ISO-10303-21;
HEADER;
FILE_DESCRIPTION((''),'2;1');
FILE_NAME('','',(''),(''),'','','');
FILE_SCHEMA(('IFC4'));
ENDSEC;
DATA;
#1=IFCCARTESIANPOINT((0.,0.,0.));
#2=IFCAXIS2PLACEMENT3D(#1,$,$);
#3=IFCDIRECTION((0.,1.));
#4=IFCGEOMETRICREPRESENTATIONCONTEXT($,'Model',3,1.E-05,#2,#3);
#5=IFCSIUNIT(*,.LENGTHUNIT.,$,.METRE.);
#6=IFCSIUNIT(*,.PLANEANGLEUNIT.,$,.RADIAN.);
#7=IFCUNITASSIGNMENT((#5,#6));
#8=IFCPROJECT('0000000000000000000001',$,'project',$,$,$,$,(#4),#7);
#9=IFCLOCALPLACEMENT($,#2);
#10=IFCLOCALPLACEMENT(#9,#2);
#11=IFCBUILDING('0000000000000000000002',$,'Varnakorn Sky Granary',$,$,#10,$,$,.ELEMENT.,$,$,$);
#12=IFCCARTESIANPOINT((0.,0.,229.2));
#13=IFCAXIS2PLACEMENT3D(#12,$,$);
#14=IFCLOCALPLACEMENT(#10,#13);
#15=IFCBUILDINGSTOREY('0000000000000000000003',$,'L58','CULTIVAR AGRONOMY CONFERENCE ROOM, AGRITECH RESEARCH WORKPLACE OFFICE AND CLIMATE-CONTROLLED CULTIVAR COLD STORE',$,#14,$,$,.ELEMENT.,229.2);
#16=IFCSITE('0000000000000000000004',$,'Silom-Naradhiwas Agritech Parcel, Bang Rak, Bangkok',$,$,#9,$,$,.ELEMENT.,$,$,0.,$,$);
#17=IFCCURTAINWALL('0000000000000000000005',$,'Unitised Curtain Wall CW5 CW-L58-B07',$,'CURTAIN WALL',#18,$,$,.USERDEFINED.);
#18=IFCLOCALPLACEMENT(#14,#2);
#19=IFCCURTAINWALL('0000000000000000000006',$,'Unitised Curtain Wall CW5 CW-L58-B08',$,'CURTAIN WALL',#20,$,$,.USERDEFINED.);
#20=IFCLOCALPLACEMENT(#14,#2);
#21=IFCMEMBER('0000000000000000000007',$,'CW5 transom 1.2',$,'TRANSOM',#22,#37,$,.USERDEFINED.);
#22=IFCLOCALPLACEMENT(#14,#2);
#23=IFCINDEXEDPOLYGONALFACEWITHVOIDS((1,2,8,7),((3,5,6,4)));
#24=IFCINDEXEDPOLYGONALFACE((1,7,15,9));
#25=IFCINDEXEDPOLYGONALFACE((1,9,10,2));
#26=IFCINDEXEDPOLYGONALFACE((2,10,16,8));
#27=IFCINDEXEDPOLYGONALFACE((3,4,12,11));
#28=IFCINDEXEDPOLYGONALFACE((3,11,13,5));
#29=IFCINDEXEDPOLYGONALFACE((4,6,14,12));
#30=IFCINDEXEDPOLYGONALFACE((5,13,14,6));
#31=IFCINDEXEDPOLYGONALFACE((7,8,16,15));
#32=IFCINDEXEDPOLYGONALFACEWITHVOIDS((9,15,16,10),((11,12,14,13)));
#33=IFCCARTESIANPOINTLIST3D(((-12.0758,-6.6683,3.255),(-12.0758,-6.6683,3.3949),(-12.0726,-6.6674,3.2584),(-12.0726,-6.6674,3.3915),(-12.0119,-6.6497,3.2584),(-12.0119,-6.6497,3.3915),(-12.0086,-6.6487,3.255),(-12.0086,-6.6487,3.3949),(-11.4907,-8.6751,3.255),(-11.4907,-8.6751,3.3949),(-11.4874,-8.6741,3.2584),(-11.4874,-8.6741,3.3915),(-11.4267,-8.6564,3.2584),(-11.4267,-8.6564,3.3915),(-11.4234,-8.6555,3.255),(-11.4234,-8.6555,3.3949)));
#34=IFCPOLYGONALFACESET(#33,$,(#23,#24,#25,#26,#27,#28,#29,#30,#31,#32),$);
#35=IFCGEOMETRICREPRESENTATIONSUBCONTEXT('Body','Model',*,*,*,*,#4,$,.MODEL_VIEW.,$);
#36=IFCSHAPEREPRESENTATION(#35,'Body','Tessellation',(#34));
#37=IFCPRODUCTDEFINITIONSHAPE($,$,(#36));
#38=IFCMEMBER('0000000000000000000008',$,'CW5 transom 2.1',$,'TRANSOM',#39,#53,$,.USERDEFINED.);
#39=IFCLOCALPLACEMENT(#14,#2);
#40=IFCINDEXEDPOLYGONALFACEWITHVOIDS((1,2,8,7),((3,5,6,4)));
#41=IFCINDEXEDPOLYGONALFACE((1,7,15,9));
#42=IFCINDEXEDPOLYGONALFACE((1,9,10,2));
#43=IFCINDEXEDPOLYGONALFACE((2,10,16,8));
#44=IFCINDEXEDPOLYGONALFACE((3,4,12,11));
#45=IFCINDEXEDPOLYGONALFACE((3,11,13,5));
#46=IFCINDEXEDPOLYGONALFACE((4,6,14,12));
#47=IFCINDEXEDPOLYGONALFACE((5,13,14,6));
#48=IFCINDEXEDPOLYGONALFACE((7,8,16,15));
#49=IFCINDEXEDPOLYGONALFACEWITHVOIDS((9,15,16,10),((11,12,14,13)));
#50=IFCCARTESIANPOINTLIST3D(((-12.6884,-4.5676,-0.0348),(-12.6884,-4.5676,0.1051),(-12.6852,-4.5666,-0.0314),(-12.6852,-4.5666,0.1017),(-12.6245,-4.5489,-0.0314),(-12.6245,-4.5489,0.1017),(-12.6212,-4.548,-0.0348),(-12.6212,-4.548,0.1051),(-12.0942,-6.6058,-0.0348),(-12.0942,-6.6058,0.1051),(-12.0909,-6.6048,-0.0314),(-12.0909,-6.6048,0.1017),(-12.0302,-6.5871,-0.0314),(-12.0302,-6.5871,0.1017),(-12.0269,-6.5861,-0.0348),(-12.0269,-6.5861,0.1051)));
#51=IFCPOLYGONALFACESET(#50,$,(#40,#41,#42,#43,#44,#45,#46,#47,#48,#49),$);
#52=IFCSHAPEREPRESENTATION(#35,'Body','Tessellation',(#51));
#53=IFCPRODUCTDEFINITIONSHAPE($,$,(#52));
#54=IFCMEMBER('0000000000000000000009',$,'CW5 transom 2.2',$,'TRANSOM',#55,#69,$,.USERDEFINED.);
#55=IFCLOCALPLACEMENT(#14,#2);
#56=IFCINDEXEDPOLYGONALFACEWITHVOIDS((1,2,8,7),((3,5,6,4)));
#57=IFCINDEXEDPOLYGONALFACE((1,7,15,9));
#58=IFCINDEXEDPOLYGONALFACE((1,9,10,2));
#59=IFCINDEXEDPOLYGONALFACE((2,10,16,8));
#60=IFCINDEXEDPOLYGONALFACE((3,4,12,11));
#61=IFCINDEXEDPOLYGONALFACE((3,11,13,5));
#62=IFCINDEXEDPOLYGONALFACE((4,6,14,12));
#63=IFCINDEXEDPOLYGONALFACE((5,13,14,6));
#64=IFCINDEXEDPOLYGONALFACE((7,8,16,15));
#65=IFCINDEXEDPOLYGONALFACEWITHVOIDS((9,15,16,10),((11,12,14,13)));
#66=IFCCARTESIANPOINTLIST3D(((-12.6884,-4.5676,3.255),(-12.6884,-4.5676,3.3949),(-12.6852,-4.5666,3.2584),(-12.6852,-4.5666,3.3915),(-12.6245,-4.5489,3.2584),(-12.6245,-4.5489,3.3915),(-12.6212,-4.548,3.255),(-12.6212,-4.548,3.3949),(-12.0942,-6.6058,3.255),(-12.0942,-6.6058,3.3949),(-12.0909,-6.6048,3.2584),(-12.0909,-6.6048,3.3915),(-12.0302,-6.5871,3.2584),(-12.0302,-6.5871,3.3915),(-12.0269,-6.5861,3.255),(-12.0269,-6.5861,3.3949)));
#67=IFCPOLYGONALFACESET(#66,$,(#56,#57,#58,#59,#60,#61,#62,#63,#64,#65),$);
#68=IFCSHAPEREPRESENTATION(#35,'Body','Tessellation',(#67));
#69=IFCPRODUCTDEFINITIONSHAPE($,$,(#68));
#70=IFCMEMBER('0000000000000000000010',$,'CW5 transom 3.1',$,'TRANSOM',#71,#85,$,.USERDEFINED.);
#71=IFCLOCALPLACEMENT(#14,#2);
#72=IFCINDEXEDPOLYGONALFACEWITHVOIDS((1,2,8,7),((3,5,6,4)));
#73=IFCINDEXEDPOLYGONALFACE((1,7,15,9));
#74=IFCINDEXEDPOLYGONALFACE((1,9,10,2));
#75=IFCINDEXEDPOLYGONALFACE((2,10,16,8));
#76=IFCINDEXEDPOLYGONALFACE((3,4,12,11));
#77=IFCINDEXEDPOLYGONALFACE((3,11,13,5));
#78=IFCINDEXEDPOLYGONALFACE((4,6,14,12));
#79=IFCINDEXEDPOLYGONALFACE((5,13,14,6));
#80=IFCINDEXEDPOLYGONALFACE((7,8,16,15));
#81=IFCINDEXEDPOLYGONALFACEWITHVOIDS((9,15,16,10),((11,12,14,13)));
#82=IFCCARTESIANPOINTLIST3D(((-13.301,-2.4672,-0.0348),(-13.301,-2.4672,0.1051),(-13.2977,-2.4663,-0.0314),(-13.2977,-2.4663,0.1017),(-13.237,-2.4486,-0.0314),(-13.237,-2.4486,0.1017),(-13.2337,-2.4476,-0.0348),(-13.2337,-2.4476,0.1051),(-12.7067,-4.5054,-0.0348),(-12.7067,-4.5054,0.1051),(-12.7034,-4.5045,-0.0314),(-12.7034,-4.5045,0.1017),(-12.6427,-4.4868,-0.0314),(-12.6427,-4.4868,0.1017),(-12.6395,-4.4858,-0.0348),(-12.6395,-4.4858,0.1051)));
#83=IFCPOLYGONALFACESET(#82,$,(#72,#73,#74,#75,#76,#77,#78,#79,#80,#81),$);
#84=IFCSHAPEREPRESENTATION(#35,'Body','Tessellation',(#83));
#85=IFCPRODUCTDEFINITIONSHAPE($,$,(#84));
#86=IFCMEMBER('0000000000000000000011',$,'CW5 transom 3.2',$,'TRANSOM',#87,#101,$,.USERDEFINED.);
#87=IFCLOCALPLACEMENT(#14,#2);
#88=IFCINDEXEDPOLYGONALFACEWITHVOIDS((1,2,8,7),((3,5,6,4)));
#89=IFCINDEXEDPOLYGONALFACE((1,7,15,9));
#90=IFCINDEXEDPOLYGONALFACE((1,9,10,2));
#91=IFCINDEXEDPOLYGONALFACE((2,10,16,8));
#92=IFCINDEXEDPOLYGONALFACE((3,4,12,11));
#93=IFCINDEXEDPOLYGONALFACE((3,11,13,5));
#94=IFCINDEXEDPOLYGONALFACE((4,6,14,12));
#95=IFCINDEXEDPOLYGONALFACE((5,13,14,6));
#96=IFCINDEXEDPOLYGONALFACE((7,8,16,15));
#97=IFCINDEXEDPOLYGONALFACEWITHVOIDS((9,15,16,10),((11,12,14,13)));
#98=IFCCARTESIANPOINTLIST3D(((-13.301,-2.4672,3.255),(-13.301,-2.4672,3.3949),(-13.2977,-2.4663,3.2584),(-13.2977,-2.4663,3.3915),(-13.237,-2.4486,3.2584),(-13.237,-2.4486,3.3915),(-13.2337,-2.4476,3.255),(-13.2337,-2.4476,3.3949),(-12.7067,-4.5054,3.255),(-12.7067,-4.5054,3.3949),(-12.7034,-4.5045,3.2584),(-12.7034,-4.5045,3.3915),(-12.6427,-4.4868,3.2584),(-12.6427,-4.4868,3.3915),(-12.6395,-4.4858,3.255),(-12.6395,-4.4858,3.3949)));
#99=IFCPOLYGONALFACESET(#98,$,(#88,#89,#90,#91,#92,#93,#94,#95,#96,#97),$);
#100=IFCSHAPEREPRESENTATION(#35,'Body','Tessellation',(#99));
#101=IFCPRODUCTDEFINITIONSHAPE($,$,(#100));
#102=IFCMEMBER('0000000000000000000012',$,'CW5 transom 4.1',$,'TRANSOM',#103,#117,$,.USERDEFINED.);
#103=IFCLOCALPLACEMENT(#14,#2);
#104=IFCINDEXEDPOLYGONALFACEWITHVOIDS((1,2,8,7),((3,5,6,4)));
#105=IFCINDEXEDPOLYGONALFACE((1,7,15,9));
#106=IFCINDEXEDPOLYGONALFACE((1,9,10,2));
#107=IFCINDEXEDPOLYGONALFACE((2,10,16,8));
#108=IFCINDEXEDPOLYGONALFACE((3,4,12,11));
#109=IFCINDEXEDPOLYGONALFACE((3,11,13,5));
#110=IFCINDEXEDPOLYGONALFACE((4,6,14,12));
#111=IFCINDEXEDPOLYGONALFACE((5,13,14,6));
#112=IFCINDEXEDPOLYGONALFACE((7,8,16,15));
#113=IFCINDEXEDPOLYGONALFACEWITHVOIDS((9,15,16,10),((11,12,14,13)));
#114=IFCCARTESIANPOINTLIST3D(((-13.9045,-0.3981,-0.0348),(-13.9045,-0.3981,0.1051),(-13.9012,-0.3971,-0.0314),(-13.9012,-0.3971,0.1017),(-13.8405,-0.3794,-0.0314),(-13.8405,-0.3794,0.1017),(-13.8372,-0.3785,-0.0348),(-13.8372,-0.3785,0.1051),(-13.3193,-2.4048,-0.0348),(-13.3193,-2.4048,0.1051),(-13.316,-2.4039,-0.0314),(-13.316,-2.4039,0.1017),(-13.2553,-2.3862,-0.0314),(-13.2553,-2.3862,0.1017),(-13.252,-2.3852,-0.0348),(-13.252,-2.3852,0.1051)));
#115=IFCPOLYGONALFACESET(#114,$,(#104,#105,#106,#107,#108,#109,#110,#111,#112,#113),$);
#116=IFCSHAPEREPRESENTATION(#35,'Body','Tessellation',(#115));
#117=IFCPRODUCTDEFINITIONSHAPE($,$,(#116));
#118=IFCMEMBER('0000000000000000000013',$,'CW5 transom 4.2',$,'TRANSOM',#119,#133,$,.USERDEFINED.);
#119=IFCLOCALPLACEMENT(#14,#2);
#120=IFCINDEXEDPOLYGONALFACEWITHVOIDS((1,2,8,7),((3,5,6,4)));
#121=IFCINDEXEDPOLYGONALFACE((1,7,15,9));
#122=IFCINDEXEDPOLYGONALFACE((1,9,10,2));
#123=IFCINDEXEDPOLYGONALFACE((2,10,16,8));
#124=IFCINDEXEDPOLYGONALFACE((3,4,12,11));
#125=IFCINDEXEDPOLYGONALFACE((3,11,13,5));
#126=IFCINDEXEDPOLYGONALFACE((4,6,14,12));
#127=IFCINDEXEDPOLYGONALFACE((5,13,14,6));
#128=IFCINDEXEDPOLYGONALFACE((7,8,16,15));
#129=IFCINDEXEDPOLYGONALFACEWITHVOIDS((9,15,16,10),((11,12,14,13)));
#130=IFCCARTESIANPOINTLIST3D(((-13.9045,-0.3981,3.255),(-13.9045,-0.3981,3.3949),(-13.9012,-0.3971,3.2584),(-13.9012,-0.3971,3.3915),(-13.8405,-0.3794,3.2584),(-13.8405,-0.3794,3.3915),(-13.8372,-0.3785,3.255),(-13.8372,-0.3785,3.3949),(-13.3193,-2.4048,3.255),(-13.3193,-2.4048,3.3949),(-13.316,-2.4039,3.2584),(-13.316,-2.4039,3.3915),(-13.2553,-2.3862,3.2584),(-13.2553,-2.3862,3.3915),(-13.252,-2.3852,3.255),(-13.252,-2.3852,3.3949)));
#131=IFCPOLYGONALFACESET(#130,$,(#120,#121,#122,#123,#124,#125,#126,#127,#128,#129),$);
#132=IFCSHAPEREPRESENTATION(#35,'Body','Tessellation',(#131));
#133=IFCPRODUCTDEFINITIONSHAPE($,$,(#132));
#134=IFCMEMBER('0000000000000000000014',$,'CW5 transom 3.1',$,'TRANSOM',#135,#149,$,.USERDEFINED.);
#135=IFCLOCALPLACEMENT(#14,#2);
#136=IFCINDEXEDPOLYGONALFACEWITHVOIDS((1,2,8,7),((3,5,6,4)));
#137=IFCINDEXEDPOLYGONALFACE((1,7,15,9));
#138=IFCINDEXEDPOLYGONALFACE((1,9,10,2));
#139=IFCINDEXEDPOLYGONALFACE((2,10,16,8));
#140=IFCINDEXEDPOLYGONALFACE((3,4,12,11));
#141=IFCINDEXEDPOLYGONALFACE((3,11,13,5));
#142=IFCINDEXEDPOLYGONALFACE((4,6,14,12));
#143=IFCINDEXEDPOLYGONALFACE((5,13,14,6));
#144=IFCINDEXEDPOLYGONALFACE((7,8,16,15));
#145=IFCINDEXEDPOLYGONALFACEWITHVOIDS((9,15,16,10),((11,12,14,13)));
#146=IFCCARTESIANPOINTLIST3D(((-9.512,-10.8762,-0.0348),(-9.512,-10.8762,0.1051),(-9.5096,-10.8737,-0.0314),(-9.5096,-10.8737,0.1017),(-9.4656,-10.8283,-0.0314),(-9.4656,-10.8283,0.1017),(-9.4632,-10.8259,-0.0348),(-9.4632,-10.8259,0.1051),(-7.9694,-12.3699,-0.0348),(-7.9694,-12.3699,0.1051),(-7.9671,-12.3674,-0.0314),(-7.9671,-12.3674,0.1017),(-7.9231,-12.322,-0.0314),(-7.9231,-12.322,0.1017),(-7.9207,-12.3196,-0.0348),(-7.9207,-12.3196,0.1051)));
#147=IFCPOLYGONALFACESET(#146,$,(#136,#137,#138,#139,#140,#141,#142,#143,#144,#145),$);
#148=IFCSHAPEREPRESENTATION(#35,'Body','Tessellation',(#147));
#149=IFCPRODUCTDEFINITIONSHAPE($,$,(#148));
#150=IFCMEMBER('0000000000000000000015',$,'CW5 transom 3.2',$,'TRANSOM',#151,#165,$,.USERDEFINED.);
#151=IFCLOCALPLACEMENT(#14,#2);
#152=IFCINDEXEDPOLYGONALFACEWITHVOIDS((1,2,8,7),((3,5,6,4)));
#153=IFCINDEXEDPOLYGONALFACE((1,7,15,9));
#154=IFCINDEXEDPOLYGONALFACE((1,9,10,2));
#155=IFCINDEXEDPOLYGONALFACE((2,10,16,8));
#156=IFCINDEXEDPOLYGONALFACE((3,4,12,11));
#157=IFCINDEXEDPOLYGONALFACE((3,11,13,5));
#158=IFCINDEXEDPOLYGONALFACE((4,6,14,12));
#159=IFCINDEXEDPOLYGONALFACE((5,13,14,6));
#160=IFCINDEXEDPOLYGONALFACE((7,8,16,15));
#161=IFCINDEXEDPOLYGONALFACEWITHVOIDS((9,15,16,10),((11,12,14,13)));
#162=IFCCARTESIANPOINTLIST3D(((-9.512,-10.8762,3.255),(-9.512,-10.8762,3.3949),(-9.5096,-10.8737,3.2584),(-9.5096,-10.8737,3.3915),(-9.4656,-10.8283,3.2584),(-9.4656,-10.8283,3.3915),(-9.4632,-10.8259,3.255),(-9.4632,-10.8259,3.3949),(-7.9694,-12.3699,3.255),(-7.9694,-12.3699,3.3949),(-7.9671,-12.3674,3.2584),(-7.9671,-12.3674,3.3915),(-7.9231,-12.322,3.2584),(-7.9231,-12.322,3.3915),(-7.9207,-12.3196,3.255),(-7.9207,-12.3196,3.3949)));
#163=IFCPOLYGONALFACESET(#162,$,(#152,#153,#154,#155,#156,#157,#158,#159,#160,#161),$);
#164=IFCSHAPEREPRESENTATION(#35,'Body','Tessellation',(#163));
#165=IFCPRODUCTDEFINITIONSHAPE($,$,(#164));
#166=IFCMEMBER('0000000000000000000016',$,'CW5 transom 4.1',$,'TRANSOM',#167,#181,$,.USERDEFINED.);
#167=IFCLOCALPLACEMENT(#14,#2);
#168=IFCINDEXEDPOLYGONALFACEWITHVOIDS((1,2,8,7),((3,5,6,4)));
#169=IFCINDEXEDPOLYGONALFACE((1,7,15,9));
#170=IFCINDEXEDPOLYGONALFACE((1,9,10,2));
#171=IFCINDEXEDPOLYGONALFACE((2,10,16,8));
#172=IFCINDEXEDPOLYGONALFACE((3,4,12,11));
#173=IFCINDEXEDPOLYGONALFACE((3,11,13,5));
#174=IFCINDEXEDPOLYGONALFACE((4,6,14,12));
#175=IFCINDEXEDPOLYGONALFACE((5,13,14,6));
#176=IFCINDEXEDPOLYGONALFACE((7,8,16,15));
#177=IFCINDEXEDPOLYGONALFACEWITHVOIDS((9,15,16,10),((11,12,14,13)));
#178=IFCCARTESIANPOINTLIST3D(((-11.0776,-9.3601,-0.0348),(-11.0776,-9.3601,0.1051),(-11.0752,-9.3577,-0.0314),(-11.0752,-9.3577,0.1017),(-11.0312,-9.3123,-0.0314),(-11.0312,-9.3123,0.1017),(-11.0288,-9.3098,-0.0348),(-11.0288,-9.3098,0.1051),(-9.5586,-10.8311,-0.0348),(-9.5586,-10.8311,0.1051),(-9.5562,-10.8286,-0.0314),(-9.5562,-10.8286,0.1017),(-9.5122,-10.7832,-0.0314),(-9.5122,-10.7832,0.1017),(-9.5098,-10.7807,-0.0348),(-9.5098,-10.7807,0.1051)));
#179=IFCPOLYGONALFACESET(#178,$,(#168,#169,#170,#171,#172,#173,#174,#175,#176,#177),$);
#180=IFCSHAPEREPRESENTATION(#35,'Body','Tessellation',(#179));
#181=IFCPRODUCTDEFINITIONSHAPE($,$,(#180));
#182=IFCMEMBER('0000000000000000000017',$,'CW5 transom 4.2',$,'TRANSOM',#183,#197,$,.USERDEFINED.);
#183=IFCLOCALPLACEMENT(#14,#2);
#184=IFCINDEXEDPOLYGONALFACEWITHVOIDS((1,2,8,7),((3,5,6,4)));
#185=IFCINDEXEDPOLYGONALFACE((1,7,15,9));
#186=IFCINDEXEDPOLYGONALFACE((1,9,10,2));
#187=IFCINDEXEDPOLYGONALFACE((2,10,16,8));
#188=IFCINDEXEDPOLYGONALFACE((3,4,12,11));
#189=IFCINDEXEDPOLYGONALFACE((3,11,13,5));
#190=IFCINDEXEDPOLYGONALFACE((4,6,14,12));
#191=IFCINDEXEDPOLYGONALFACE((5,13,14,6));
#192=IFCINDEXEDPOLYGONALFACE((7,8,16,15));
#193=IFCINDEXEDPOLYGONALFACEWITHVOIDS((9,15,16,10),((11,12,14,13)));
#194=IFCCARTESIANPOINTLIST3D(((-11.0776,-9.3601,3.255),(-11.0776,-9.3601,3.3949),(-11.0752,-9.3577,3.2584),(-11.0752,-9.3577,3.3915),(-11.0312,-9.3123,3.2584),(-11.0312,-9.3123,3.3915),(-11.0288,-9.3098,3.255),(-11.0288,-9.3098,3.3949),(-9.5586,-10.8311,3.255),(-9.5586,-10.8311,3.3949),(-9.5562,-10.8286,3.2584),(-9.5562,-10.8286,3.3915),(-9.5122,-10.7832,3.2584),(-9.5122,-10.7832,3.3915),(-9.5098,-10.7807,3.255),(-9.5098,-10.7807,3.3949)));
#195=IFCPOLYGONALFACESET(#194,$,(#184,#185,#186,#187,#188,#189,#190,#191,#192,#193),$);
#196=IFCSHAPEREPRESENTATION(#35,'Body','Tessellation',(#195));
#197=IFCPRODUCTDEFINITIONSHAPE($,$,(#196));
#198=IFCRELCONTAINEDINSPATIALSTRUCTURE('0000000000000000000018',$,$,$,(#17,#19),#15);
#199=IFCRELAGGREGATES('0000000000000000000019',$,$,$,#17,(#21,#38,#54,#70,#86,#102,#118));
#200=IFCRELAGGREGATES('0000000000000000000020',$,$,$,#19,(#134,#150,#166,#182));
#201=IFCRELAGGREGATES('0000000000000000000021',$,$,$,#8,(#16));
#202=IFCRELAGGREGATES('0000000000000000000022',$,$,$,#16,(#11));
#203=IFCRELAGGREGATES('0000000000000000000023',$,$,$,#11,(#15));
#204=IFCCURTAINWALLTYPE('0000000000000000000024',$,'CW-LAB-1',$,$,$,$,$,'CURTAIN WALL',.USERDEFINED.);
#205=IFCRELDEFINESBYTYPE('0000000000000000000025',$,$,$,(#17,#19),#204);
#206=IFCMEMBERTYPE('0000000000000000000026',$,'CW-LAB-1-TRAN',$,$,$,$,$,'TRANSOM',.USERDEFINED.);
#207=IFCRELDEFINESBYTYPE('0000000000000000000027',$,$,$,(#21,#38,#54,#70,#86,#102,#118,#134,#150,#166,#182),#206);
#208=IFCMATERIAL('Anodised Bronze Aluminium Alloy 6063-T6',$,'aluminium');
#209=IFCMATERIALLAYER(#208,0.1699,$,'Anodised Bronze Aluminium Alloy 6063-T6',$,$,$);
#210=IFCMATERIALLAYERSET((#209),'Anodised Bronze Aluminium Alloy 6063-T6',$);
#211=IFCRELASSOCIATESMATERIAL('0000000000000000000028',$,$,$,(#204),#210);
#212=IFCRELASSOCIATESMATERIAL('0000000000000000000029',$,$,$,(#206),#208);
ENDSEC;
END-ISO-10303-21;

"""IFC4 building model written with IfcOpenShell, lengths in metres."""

from ifc_helpers import new_model, si_unit, direction, frame, origin, origin_2d, place, context, subcontext, project, spatial, hollow_rectangle, extrude, material, layer, layer_set, material_profile, profile_set, type_object, element, aggregate, save


model = new_model("IFC4")

# Units and contexts
model_context = context("Model", 3, precision=1e-05, world=origin(), true_north=direction((0.0, 1.0)))
body_context = subcontext(model_context, "Body", "Model", "MODEL_VIEW")
ifc_project = project(units=[si_unit("LENGTHUNIT", "METRE"), si_unit("PLANEANGLEUNIT", "RADIAN")], contexts=[model_context])

# Site, building, storey
site_placement = place(None, origin())
site = spatial("IfcSite", under=ifc_project, at=site_placement, Name="Silom-Naradhiwas Agritech Parcel, Bang Rak, Bangkok", CompositionType="ELEMENT", RefElevation=0.0)
building_placement = place(site_placement, origin())
building = spatial("IfcBuilding", under=site, at=building_placement, Name="Varnakorn Sky Granary", CompositionType="ELEMENT")
storey_placement = place(building_placement, frame((0.0, 0.0, 229.2)))
storey = spatial("IfcBuildingStorey", under=building, at=storey_placement, Name="L58", Description="CULTIVAR AGRONOMY CONFERENCE ROOM, AGRITECH RESEARCH WORKPLACE OFFICE AND CLIMATE-CONTROLLED CULTIVAR COLD STORE", CompositionType="ELEMENT", Elevation=229.2)

# Curtain walls
ifc_material_1 = material(Name="Anodised Bronze Aluminium Alloy 6063-T6", Category="aluminium")
ifc_layer_1 = layer(ifc_material_1, 0.1699, Name="Anodised Bronze Aluminium Alloy 6063-T6")
ifc_layer_set_1 = layer_set([ifc_layer_1], Name="Anodised Bronze Aluminium Alloy 6063-T6")
curtain_wall_type = type_object("IfcCurtainWallType", Name="CW-LAB-1", ElementType="CURTAIN WALL", PredefinedType="USERDEFINED", material=ifc_layer_set_1)
curtain_wall_1_placement = place(storey_placement, origin())
curtain_wall_1 = element("IfcCurtainWall", 1, at=curtain_wall_1_placement, inside=storey, type_object=curtain_wall_type, Name="Unitised Curtain Wall CW5 CW-L58-B07", ObjectType="CURTAIN WALL", PredefinedType="USERDEFINED")
curtain_wall_2_placement = place(storey_placement, origin())
curtain_wall_2 = element("IfcCurtainWall", 2, at=curtain_wall_2_placement, inside=storey, type_object=curtain_wall_type, Name="Unitised Curtain Wall CW5 CW-L58-B08", ObjectType="CURTAIN WALL", PredefinedType="USERDEFINED")

# Members
ifc_material_profile_1 = material_profile(ifc_material_1, hollow_rectangle(XDim=0.0701, YDim=0.1399, WallThickness=0.0034, at=origin_2d()), Name="ALU TRAN 70x140")
ifc_profile_set_1 = profile_set([ifc_material_profile_1], Name="Anodised Bronze Aluminium Alloy 6063-T6")
member_type_1 = type_object("IfcMemberType", Name="CW-LAB-1-TRAN", ElementType="TRANSOM", PredefinedType="USERDEFINED", material=ifc_profile_set_1)
member_1_placement = place(storey_placement, frame((-11.457, -8.6653, 3.325), z_axis=(-0.279946, 0.960016, 0.0), x_axis=(-0.960016, -0.279946, 0.0)))
member_1 = element("IfcMember", 3, at=member_1_placement, type_object=member_type_1, Name="CW5 transom 1.2", ObjectType="TRANSOM", PredefinedType="USERDEFINED", context=body_context, shape_type="SweptSolid", body=[
    extrude(hollow_rectangle(XDim=0.0701, YDim=0.1399, WallThickness=0.0034, at=origin_2d()), origin(), (0.0, 0.0, 1.0), 2.0903),
])
member_2_placement = place(storey_placement, frame((-12.0605, -6.5959, 0.0352), z_axis=(-0.279912, 0.960026, 0.0), x_axis=(-0.960026, -0.279912, 0.0)))
member_2 = element("IfcMember", 4, at=member_2_placement, type_object=member_type_1, Name="CW5 transom 2.1", ObjectType="TRANSOM", PredefinedType="USERDEFINED", context=body_context, shape_type="SweptSolid", body=[
    extrude(hollow_rectangle(XDim=0.0701, YDim=0.1399, WallThickness=0.0034, at=origin_2d()), origin(), (0.0, 0.0, 1.0), 2.123),
])
member_3_placement = place(storey_placement, frame((-12.0605, -6.5959, 3.325), z_axis=(-0.279912, 0.960026, 0.0), x_axis=(-0.960026, -0.279912, 0.0)))
member_3 = element("IfcMember", 5, at=member_3_placement, type_object=member_type_1, Name="CW5 transom 2.2", ObjectType="TRANSOM", PredefinedType="USERDEFINED", context=body_context, shape_type="SweptSolid", body=[
    extrude(hollow_rectangle(XDim=0.0701, YDim=0.1399, WallThickness=0.0034, at=origin_2d()), origin(), (0.0, 0.0, 1.0), 2.123),
])
member_4_placement = place(storey_placement, frame((-12.6731, -4.4956, 0.0352), z_axis=(-0.279912, 0.960026, 0.0), x_axis=(-0.960026, -0.279912, 0.0)))
member_4 = element("IfcMember", 6, at=member_4_placement, type_object=member_type_1, Name="CW5 transom 3.1", ObjectType="TRANSOM", PredefinedType="USERDEFINED", context=body_context, shape_type="SweptSolid", body=[
    extrude(hollow_rectangle(XDim=0.0701, YDim=0.1399, WallThickness=0.0034, at=origin_2d()), origin(), (0.0, 0.0, 1.0), 2.123),
])
member_5_placement = place(storey_placement, frame((-12.6731, -4.4956, 3.325), z_axis=(-0.279912, 0.960026, 0.0), x_axis=(-0.960026, -0.279912, 0.0)))
member_5 = element("IfcMember", 7, at=member_5_placement, type_object=member_type_1, Name="CW5 transom 3.2", ObjectType="TRANSOM", PredefinedType="USERDEFINED", context=body_context, shape_type="SweptSolid", body=[
    extrude(hollow_rectangle(XDim=0.0701, YDim=0.1399, WallThickness=0.0034, at=origin_2d()), origin(), (0.0, 0.0, 1.0), 2.123),
])
member_6_placement = place(storey_placement, frame((-13.2856, -2.395, 0.0352), z_axis=(-0.279946, 0.960016, 0.0), x_axis=(-0.960016, -0.279946, 0.0)))
member_6 = element("IfcMember", 8, at=member_6_placement, type_object=member_type_1, Name="CW5 transom 4.1", ObjectType="TRANSOM", PredefinedType="USERDEFINED", context=body_context, shape_type="SweptSolid", body=[
    extrude(hollow_rectangle(XDim=0.0701, YDim=0.1399, WallThickness=0.0034, at=origin_2d()), origin(), (0.0, 0.0, 1.0), 2.0903),
])
member_7_placement = place(storey_placement, frame((-13.2856, -2.395, 3.325), z_axis=(-0.279946, 0.960016, 0.0), x_axis=(-0.960016, -0.279946, 0.0)))
member_7 = element("IfcMember", 9, at=member_7_placement, type_object=member_type_1, Name="CW5 transom 4.2", ObjectType="TRANSOM", PredefinedType="USERDEFINED", context=body_context, shape_type="SweptSolid", body=[
    extrude(hollow_rectangle(XDim=0.0701, YDim=0.1399, WallThickness=0.0034, at=origin_2d()), origin(), (0.0, 0.0, 1.0), 2.0903),
])
member_8_placement = place(storey_placement, frame((-7.9451, -12.3447, 0.0352), z_axis=(-0.718386, 0.695645, 0.0), x_axis=(-0.695645, -0.718386, 0.0)))
member_8 = element("IfcMember", 10, at=member_8_placement, type_object=member_type_1, Name="CW5 transom 3.1", ObjectType="TRANSOM", PredefinedType="USERDEFINED", context=body_context, shape_type="SweptSolid", body=[
    extrude(hollow_rectangle(XDim=0.0701, YDim=0.1399, WallThickness=0.0034, at=origin_2d()), origin(), (0.0, 0.0, 1.0), 2.1472),
])
member_9_placement = place(storey_placement, frame((-7.9451, -12.3447, 3.325), z_axis=(-0.718386, 0.695645, 0.0), x_axis=(-0.695645, -0.718386, 0.0)))
member_9 = element("IfcMember", 11, at=member_9_placement, type_object=member_type_1, Name="CW5 transom 3.2", ObjectType="TRANSOM", PredefinedType="USERDEFINED", context=body_context, shape_type="SweptSolid", body=[
    extrude(hollow_rectangle(XDim=0.0701, YDim=0.1399, WallThickness=0.0034, at=origin_2d()), origin(), (0.0, 0.0, 1.0), 2.1472),
])
member_10_placement = place(storey_placement, frame((-9.5342, -10.8059, 0.0352), z_axis=(-0.718388, 0.695643, 0.0), x_axis=(-0.695643, -0.718388, 0.0)))
member_10 = element("IfcMember", 12, at=member_10_placement, type_object=member_type_1, Name="CW5 transom 4.1", ObjectType="TRANSOM", PredefinedType="USERDEFINED", context=body_context, shape_type="SweptSolid", body=[
    extrude(hollow_rectangle(XDim=0.0701, YDim=0.1399, WallThickness=0.0034, at=origin_2d()), origin(), (0.0, 0.0, 1.0), 2.1145),
])
member_11_placement = place(storey_placement, frame((-9.5342, -10.8059, 3.325), z_axis=(-0.718388, 0.695643, 0.0), x_axis=(-0.695643, -0.718388, 0.0)))
member_11 = element("IfcMember", 13, at=member_11_placement, type_object=member_type_1, Name="CW5 transom 4.2", ObjectType="TRANSOM", PredefinedType="USERDEFINED", context=body_context, shape_type="SweptSolid", body=[
    extrude(hollow_rectangle(XDim=0.0701, YDim=0.1399, WallThickness=0.0034, at=origin_2d()), origin(), (0.0, 0.0, 1.0), 2.1145),
])

aggregate(curtain_wall_1, [member_1, member_2, member_3, member_4, member_5, member_6, member_7])
aggregate(curtain_wall_2, [member_8, member_9, member_10, member_11])

save(model, "model.ifc")
